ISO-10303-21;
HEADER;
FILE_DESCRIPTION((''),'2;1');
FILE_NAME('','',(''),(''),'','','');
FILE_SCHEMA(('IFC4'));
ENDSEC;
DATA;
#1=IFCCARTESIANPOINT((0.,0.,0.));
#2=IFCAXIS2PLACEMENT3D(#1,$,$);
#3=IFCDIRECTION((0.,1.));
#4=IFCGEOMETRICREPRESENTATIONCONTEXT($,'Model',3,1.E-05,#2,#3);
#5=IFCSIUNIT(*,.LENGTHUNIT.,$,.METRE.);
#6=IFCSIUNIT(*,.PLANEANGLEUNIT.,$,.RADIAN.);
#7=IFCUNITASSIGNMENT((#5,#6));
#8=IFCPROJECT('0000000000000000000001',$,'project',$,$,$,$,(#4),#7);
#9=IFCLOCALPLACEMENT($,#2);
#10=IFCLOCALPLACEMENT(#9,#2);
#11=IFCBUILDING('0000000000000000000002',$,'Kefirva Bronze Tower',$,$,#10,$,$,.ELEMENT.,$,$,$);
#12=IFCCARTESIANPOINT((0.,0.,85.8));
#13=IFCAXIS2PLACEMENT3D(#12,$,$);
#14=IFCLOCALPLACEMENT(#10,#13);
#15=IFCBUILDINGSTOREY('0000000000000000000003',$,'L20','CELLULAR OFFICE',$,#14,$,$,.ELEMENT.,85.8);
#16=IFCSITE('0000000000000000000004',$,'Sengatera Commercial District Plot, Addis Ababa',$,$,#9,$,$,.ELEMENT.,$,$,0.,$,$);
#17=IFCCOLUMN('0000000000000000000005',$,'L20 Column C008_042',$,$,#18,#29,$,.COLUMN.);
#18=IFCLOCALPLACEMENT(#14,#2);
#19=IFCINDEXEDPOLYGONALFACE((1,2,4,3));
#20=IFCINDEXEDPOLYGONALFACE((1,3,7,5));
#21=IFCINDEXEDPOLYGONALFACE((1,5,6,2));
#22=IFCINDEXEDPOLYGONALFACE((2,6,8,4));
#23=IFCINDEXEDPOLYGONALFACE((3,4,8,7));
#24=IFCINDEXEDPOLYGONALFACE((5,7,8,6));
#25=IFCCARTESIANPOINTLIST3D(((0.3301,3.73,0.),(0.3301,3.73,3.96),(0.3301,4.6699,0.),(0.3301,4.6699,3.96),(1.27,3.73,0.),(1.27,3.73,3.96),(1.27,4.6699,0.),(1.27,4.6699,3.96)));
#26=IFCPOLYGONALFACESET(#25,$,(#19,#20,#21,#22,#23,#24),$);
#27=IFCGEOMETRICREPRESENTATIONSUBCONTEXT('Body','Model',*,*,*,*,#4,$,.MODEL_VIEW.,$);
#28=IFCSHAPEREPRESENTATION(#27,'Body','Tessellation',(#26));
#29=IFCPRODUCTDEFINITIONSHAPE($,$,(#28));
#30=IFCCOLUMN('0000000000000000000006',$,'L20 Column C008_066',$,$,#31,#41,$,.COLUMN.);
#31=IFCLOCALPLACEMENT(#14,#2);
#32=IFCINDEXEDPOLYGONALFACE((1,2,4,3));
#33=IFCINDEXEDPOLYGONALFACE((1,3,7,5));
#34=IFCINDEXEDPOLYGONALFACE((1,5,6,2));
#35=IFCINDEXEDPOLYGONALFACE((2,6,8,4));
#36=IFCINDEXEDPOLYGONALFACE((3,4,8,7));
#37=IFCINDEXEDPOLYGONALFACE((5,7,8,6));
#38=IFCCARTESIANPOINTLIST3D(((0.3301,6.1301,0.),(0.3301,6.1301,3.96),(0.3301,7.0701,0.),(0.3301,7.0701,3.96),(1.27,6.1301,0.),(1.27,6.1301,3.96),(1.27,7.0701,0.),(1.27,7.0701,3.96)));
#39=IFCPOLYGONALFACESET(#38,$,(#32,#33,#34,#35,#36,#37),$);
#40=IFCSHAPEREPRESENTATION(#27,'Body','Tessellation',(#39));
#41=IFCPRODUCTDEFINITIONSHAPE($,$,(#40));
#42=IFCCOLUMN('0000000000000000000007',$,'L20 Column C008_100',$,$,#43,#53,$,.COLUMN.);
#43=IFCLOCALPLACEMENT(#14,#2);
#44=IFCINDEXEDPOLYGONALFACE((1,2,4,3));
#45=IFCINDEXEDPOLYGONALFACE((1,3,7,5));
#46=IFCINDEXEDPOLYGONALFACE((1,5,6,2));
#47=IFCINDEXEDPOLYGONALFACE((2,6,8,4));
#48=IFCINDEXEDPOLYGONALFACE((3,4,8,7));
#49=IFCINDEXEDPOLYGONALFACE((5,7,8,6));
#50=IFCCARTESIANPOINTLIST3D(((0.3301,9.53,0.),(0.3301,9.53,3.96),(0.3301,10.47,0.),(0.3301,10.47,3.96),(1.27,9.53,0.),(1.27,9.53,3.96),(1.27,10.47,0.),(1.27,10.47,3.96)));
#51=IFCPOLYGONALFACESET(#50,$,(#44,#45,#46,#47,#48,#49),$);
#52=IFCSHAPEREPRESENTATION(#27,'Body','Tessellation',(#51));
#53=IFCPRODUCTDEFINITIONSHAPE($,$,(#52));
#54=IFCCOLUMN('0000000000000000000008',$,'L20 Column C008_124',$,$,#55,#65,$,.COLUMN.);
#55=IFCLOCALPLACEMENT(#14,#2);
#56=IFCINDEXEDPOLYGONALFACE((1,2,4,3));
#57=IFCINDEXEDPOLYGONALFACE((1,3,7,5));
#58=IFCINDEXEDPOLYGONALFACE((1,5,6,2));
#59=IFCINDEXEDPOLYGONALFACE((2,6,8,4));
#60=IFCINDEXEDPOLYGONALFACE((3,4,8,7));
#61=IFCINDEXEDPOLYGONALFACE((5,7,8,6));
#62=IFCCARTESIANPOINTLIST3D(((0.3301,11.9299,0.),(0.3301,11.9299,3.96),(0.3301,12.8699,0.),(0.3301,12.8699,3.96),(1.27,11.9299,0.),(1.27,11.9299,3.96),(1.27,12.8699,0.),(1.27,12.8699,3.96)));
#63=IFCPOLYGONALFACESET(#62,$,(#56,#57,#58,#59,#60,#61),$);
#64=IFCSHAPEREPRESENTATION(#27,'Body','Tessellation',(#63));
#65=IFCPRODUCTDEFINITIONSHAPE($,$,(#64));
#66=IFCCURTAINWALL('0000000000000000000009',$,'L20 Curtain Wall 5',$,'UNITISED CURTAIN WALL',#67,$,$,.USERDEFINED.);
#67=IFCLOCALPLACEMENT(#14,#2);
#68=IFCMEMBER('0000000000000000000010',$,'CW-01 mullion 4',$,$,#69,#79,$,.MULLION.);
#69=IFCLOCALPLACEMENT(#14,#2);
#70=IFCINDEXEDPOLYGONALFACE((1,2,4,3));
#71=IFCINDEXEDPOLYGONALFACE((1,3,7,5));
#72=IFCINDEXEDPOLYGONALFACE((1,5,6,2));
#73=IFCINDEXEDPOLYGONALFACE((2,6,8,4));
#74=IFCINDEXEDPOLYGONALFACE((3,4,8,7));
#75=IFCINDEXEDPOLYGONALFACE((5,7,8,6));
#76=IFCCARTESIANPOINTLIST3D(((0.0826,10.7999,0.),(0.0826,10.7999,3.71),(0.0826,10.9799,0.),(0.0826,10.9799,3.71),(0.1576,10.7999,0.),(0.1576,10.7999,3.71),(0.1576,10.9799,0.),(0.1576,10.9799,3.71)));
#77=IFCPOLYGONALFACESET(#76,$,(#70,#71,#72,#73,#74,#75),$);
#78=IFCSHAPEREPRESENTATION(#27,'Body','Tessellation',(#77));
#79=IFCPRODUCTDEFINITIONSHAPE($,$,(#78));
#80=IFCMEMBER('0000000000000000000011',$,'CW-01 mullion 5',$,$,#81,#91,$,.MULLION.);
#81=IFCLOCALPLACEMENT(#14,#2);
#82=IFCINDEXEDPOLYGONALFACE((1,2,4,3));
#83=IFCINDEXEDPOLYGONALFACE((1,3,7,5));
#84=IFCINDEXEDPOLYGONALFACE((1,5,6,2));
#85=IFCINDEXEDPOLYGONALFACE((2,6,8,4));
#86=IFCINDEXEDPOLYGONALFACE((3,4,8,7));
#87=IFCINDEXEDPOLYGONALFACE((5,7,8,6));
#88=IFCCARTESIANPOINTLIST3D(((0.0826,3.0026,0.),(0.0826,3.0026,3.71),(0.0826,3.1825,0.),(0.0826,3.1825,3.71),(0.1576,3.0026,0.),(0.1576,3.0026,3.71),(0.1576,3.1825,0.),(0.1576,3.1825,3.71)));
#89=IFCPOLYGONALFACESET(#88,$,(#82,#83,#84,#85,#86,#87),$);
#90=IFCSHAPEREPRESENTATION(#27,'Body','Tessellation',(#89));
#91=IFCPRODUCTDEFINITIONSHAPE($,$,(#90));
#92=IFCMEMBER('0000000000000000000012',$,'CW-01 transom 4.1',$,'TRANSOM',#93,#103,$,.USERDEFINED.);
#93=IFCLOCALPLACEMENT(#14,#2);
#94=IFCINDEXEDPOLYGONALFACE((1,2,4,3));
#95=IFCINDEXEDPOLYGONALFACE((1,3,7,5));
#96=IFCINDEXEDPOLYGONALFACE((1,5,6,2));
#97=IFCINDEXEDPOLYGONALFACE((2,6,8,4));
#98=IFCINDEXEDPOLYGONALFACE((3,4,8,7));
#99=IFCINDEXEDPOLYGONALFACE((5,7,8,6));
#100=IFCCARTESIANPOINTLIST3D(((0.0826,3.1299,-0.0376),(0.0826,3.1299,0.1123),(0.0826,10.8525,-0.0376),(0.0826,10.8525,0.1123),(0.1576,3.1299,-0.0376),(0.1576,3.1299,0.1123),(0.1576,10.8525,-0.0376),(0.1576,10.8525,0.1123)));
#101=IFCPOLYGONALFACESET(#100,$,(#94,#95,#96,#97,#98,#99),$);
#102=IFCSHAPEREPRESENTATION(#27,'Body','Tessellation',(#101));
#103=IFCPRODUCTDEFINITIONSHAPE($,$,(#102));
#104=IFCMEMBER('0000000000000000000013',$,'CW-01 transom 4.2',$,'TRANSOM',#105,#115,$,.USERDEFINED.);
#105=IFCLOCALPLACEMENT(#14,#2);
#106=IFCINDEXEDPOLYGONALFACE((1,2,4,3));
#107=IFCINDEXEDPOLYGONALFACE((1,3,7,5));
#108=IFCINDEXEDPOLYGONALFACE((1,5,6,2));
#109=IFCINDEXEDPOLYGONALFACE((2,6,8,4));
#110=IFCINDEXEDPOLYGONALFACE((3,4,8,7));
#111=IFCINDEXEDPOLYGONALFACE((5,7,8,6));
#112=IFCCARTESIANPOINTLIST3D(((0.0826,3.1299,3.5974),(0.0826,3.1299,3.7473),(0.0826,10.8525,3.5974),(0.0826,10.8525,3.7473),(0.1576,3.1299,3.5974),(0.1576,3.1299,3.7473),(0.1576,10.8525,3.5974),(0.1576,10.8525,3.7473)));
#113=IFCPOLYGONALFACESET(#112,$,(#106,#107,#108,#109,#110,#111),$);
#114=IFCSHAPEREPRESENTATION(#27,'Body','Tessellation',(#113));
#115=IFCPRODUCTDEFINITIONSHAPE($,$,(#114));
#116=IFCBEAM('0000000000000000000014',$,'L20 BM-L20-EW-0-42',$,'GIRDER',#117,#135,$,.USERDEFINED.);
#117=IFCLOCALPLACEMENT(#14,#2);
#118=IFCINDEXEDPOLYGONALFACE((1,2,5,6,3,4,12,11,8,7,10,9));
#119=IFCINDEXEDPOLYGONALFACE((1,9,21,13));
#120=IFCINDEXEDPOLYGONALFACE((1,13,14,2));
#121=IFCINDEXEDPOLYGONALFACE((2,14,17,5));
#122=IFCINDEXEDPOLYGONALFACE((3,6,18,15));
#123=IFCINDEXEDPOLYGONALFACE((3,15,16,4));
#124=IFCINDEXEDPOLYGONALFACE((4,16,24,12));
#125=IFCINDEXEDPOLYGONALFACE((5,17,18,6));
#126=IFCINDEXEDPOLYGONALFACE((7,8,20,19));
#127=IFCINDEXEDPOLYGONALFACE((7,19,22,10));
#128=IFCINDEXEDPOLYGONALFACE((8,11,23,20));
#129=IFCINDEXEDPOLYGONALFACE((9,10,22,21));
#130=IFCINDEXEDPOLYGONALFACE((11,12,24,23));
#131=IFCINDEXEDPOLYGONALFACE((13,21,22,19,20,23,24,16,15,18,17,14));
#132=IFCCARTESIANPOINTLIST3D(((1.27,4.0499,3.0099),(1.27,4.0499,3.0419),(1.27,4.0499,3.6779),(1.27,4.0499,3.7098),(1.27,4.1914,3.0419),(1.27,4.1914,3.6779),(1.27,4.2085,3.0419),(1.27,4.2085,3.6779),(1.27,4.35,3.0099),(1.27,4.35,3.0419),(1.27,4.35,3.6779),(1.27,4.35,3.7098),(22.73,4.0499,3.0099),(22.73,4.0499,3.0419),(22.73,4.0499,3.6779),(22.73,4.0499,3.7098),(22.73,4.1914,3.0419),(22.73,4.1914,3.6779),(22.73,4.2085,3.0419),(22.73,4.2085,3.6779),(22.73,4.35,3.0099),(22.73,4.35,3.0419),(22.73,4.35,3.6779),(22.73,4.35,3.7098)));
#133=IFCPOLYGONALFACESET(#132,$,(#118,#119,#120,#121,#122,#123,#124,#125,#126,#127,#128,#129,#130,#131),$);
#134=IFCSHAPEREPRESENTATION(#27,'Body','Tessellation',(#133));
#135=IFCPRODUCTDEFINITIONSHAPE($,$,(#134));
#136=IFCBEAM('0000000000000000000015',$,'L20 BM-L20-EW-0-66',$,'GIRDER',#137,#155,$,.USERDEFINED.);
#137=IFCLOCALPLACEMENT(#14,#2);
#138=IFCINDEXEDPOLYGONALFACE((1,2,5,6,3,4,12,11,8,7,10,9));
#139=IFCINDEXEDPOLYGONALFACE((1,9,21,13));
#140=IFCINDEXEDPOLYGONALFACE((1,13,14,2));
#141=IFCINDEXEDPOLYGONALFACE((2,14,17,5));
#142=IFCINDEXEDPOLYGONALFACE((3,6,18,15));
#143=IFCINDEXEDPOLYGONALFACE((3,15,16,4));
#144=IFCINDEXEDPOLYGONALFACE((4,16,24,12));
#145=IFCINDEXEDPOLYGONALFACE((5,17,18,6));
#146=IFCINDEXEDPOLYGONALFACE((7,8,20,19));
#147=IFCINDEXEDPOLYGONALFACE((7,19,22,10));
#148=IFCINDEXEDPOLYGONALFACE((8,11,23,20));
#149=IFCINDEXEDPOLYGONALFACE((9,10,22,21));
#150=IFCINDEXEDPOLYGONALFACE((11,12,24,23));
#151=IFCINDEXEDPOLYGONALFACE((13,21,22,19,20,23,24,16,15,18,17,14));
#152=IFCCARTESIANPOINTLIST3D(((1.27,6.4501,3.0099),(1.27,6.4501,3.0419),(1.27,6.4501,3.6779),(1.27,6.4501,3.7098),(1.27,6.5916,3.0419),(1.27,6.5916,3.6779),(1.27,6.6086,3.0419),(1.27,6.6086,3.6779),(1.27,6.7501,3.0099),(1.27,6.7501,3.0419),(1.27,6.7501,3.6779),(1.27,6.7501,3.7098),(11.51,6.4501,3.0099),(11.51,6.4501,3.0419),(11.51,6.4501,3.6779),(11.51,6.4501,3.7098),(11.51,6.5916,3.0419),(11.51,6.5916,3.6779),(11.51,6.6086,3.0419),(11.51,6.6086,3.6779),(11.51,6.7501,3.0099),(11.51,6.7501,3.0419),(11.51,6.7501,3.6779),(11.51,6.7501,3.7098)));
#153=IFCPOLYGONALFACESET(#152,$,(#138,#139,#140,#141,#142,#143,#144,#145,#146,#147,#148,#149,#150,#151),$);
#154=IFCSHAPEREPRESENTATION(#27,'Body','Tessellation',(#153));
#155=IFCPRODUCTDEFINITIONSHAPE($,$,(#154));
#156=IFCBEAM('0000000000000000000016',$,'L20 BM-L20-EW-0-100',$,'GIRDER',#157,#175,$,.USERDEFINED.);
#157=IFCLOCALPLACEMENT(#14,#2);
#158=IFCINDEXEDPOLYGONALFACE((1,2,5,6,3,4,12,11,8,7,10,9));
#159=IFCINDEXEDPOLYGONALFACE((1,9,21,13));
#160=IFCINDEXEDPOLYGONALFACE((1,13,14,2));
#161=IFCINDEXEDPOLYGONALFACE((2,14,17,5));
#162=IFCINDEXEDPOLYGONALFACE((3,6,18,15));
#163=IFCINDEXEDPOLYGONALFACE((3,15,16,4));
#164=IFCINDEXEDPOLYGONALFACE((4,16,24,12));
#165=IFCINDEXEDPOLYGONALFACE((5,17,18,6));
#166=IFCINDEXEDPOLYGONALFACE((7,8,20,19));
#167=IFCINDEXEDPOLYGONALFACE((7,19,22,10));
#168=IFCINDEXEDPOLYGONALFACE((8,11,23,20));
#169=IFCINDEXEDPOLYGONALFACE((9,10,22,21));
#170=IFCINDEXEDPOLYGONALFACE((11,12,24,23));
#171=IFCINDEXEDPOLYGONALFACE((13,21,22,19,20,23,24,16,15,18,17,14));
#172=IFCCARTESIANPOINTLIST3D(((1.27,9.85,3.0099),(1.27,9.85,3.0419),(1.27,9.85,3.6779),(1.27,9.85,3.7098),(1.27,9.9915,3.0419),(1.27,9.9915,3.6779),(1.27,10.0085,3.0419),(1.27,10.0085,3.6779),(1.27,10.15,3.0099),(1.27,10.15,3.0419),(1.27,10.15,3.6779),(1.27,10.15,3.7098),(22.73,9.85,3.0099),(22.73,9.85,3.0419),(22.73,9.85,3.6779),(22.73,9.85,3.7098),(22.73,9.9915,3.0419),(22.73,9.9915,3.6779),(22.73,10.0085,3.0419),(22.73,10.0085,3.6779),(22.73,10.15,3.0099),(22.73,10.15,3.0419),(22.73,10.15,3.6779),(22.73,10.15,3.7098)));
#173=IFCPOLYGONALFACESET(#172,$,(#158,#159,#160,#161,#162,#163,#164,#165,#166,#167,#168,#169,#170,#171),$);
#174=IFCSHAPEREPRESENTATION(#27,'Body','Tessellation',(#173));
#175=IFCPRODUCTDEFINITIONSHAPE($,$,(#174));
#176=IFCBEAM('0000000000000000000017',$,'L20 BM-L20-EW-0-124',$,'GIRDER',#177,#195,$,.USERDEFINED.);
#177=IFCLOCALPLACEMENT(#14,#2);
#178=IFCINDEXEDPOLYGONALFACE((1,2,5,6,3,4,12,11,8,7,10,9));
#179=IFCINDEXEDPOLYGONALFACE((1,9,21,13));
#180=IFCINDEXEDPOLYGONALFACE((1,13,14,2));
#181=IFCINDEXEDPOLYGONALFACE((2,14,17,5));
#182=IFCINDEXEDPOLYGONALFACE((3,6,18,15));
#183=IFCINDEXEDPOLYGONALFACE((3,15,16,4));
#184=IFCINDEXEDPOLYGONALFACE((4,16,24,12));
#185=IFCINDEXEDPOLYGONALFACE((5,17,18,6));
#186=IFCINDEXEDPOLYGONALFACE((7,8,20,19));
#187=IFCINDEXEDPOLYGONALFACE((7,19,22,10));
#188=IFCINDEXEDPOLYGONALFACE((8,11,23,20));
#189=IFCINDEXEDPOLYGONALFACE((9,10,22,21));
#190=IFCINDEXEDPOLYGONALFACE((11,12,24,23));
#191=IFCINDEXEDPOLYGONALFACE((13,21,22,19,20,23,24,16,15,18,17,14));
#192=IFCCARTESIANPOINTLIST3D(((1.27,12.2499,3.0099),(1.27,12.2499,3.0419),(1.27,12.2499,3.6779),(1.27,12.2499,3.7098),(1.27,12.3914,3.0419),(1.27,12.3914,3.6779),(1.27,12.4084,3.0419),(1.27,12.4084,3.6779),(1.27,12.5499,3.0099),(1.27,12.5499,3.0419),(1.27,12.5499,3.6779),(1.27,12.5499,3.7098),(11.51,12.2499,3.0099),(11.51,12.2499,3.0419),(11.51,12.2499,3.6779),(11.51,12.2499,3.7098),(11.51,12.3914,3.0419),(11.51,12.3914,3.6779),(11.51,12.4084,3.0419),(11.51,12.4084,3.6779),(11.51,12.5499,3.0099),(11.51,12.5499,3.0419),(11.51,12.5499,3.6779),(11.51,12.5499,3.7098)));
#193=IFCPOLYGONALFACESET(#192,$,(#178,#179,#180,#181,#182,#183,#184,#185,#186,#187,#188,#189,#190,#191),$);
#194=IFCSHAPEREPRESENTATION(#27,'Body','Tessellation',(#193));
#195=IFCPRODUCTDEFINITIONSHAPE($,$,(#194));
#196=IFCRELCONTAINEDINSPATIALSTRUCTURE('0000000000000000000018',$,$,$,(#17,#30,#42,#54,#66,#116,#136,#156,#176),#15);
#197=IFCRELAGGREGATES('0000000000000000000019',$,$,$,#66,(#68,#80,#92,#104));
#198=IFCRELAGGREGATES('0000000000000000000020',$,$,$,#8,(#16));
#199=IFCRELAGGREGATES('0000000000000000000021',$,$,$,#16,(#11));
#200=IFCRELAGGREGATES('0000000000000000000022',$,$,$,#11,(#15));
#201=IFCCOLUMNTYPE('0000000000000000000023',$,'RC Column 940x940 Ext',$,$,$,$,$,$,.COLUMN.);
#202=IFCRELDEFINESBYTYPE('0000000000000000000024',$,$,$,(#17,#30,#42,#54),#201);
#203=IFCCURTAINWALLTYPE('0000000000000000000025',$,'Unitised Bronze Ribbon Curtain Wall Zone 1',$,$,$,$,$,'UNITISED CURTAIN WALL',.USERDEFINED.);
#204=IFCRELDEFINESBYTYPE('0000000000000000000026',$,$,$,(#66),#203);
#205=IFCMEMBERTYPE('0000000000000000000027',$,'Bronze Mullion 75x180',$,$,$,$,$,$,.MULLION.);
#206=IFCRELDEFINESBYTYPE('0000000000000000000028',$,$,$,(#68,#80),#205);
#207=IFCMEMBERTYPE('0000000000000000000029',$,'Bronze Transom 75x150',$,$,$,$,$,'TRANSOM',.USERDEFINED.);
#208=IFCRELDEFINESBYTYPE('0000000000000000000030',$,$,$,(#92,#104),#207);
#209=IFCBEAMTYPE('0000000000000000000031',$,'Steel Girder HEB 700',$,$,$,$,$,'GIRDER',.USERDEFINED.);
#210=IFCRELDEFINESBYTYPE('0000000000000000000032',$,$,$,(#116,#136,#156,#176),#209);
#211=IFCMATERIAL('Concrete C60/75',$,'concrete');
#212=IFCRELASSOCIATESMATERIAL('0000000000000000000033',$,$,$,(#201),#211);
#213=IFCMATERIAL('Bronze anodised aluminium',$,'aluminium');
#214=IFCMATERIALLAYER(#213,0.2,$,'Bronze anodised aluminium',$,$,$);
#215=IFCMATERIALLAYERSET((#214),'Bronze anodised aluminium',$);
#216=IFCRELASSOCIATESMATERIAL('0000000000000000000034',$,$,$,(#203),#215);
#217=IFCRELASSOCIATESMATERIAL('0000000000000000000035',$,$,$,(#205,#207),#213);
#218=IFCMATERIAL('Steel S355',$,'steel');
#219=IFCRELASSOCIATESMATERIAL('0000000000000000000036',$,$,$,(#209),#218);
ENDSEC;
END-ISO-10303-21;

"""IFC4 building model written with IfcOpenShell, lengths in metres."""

from ifc_helpers import new_model, si_unit, direction, frame, origin, origin_2d, place, context, subcontext, project, spatial, rectangle, i_section, extrude, material, layer, layer_set, material_profile, profile_set, type_object, element, aggregate, save


model = new_model("IFC4")

# Units and contexts
model_context = context("Model", 3, precision=1e-05, world=origin(), true_north=direction((0.0, 1.0)))
body_context = subcontext(model_context, "Body", "Model", "MODEL_VIEW")
ifc_project = project(units=[si_unit("LENGTHUNIT", "METRE"), si_unit("PLANEANGLEUNIT", "RADIAN")], contexts=[model_context])

# Site, building, storey
site_placement = place(None, origin())
site = spatial("IfcSite", under=ifc_project, at=site_placement, Name="Sengatera Commercial District Plot, Addis Ababa", CompositionType="ELEMENT", RefElevation=0.0)
building_placement = place(site_placement, origin())
building = spatial("IfcBuilding", under=site, at=building_placement, Name="Kefirva Bronze Tower", CompositionType="ELEMENT")
storey_placement = place(building_placement, frame((0.0, 0.0, 85.8)))
storey = spatial("IfcBuildingStorey", under=building, at=storey_placement, Name="L20", Description="CELLULAR OFFICE", CompositionType="ELEMENT", Elevation=85.8)

# Columns
ifc_material_1 = material(Name="Concrete C60/75", Category="concrete")
ifc_material_profile_1 = material_profile(ifc_material_1, rectangle(XDim=0.9399, YDim=0.9399, at=origin_2d()), Name="RC 940x940")
ifc_profile_set_1 = profile_set([ifc_material_profile_1], Name="Concrete C60/75")
column_type = type_object("IfcColumnType", Name="RC Column 940x940 Ext", PredefinedType="COLUMN", material=ifc_profile_set_1)
for number, where, z_axis, x_axis, name in (
    (1, (0.8, 4.2, 0.0), (0.0, 0.0, 1.0), (1.0, 0.0, 0.0), "L20 Column C008_042"),
    (2, (0.8, 6.6001, 0.0), (0.0, 0.0, 1.0), (1.0, 0.0, 0.0), "L20 Column C008_066"),
    (3, (0.8, 10.0, 0.0), (0.0, 0.0, 1.0), (1.0, 0.0, 0.0), "L20 Column C008_100"),
    (4, (0.8, 12.3999, 0.0), (0.0, 0.0, 1.0), (1.0, 0.0, 0.0), "L20 Column C008_124"),
):
    element("IfcColumn", number, at=place(storey_placement, frame(where, z_axis=z_axis, x_axis=x_axis)), inside=storey, type_object=column_type, Name=name, PredefinedType="COLUMN", context=body_context, shape_type="SweptSolid", body=[
        extrude(rectangle(XDim=0.9399, YDim=0.9399, at=origin_2d()), origin(), (0.0, 0.0, 1.0), 3.96),
    ])

# Curtain wall, members
ifc_material_2 = material(Name="Bronze anodised aluminium", Category="aluminium")
ifc_layer_1 = layer(ifc_material_2, 0.2, Name="Bronze anodised aluminium")
ifc_layer_set_1 = layer_set([ifc_layer_1], Name="Bronze anodised aluminium")
curtain_wall_type = type_object("IfcCurtainWallType", Name="Unitised Bronze Ribbon Curtain Wall Zone 1", ElementType="UNITISED CURTAIN WALL", PredefinedType="USERDEFINED", material=ifc_layer_set_1)
curtain_wall_placement = place(storey_placement, origin())
curtain_wall = element("IfcCurtainWall", 5, at=curtain_wall_placement, inside=storey, type_object=curtain_wall_type, Name="L20 Curtain Wall 5", ObjectType="UNITISED CURTAIN WALL", PredefinedType="USERDEFINED")
ifc_material_profile_2 = material_profile(ifc_material_2, rectangle(XDim=0.075, YDim=0.1799, at=origin_2d()), Name="ALU 75x180")
ifc_profile_set_2 = profile_set([ifc_material_profile_2], Name="Bronze anodised aluminium")
member_type_1 = type_object("IfcMemberType", Name="Bronze Mullion 75x180", PredefinedType="MULLION", material=ifc_profile_set_2)
member_1_placement = place(storey_placement, frame((0.1201, 10.8899, 0.0), z_axis=(0.0, 0.0, 1.0), x_axis=(1.0, 0.0, 0.0)))
member_1 = element("IfcMember", 6, at=member_1_placement, type_object=member_type_1, Name="CW-01 mullion 4", PredefinedType="MULLION", context=body_context, shape_type="SweptSolid", body=[
    extrude(rectangle(XDim=0.075, YDim=0.1799, at=origin_2d()), origin(), (0.0, 0.0, 1.0), 3.71),
])
member_2_placement = place(storey_placement, frame((0.1201, 3.0925, 0.0), z_axis=(0.0, 0.0, 1.0), x_axis=(1.0, 0.0, 0.0)))
member_2 = element("IfcMember", 7, at=member_2_placement, type_object=member_type_1, Name="CW-01 mullion 5", PredefinedType="MULLION", context=body_context, shape_type="SweptSolid", body=[
    extrude(rectangle(XDim=0.075, YDim=0.1799, at=origin_2d()), origin(), (0.0, 0.0, 1.0), 3.71),
])
ifc_material_profile_3 = material_profile(ifc_material_2, rectangle(XDim=0.075, YDim=0.1499, at=origin_2d()), Name="ALU 75x150")
ifc_profile_set_3 = profile_set([ifc_material_profile_3], Name="Bronze anodised aluminium")
member_type_2 = type_object("IfcMemberType", Name="Bronze Transom 75x150", ElementType="TRANSOM", PredefinedType="USERDEFINED", material=ifc_profile_set_3)
member_3_placement = place(storey_placement, frame((0.1201, 10.8525, 0.0374), z_axis=(0.0, -1.0, 0.0), x_axis=(1.0, 0.0, 0.0)))
member_3 = element("IfcMember", 8, at=member_3_placement, type_object=member_type_2, Name="CW-01 transom 4.1", ObjectType="TRANSOM", PredefinedType="USERDEFINED", context=body_context, shape_type="SweptSolid", body=[
    extrude(rectangle(XDim=0.075, YDim=0.1499, at=origin_2d()), origin(), (0.0, 0.0, 1.0), 7.7227),
])
member_4_placement = place(storey_placement, frame((0.1201, 10.8525, 3.6724), z_axis=(0.0, -1.0, 0.0), x_axis=(1.0, 0.0, 0.0)))
member_4 = element("IfcMember", 9, at=member_4_placement, type_object=member_type_2, Name="CW-01 transom 4.2", ObjectType="TRANSOM", PredefinedType="USERDEFINED", context=body_context, shape_type="SweptSolid", body=[
    extrude(rectangle(XDim=0.075, YDim=0.1499, at=origin_2d()), origin(), (0.0, 0.0, 1.0), 7.7227),
])

# Beams
ifc_material_3 = material(Name="Steel S355", Category="steel")
ifc_material_profile_4 = material_profile(ifc_material_3, i_section(OverallWidth=0.3, OverallDepth=0.7, WebThickness=0.0171, FlangeThickness=0.032, at=origin_2d()), Name="HEB 700")
ifc_profile_set_4 = profile_set([ifc_material_profile_4], Name="Steel S355")
beam_type_1 = type_object("IfcBeamType", Name="Steel Girder HEB 700", ElementType="GIRDER", PredefinedType="USERDEFINED", material=ifc_profile_set_4)
beam_1_placement = place(storey_placement, frame((1.27, 4.2, 3.3599), z_axis=(1.0, 0.0, 0.0), x_axis=(0.0, 1.0, 0.0)))
element("IfcBeam", 10, at=beam_1_placement, inside=storey, type_object=beam_type_1, Name="L20 BM-L20-EW-0-42", ObjectType="GIRDER", PredefinedType="USERDEFINED", context=body_context, shape_type="SweptSolid", body=[
    extrude(i_section(OverallWidth=0.3, OverallDepth=0.7, WebThickness=0.0171, FlangeThickness=0.032, at=origin_2d()), origin(), (0.0, 0.0, 1.0), 21.46),
])
beam_2_placement = place(storey_placement, frame((1.27, 6.6001, 3.3599), z_axis=(1.0, 0.0, 0.0), x_axis=(0.0, 1.0, 0.0)))
element("IfcBeam", 11, at=beam_2_placement, inside=storey, type_object=beam_type_1, Name="L20 BM-L20-EW-0-66", ObjectType="GIRDER", PredefinedType="USERDEFINED", context=body_context, shape_type="SweptSolid", body=[
    extrude(i_section(OverallWidth=0.3, OverallDepth=0.7, WebThickness=0.0171, FlangeThickness=0.032, at=origin_2d()), origin(), (0.0, 0.0, 1.0), 10.24),
])
beam_3_placement = place(storey_placement, frame((1.27, 10.0, 3.3599), z_axis=(1.0, 0.0, 0.0), x_axis=(0.0, 1.0, 0.0)))
element("IfcBeam", 12, at=beam_3_placement, inside=storey, type_object=beam_type_1, Name="L20 BM-L20-EW-0-100", ObjectType="GIRDER", PredefinedType="USERDEFINED", context=body_context, shape_type="SweptSolid", body=[
    extrude(i_section(OverallWidth=0.3, OverallDepth=0.7, WebThickness=0.0171, FlangeThickness=0.032, at=origin_2d()), origin(), (0.0, 0.0, 1.0), 21.46),
])
beam_4_placement = place(storey_placement, frame((1.27, 12.3999, 3.3599), z_axis=(1.0, 0.0, 0.0), x_axis=(0.0, 1.0, 0.0)))
element("IfcBeam", 13, at=beam_4_placement, inside=storey, type_object=beam_type_1, Name="L20 BM-L20-EW-0-124", ObjectType="GIRDER", PredefinedType="USERDEFINED", context=body_context, shape_type="SweptSolid", body=[
    extrude(i_section(OverallWidth=0.3, OverallDepth=0.7, WebThickness=0.0171, FlangeThickness=0.032, at=origin_2d()), origin(), (0.0, 0.0, 1.0), 10.24),
])

aggregate(curtain_wall, [member_1, member_2, member_3, member_4])

save(model, "model.ifc")
